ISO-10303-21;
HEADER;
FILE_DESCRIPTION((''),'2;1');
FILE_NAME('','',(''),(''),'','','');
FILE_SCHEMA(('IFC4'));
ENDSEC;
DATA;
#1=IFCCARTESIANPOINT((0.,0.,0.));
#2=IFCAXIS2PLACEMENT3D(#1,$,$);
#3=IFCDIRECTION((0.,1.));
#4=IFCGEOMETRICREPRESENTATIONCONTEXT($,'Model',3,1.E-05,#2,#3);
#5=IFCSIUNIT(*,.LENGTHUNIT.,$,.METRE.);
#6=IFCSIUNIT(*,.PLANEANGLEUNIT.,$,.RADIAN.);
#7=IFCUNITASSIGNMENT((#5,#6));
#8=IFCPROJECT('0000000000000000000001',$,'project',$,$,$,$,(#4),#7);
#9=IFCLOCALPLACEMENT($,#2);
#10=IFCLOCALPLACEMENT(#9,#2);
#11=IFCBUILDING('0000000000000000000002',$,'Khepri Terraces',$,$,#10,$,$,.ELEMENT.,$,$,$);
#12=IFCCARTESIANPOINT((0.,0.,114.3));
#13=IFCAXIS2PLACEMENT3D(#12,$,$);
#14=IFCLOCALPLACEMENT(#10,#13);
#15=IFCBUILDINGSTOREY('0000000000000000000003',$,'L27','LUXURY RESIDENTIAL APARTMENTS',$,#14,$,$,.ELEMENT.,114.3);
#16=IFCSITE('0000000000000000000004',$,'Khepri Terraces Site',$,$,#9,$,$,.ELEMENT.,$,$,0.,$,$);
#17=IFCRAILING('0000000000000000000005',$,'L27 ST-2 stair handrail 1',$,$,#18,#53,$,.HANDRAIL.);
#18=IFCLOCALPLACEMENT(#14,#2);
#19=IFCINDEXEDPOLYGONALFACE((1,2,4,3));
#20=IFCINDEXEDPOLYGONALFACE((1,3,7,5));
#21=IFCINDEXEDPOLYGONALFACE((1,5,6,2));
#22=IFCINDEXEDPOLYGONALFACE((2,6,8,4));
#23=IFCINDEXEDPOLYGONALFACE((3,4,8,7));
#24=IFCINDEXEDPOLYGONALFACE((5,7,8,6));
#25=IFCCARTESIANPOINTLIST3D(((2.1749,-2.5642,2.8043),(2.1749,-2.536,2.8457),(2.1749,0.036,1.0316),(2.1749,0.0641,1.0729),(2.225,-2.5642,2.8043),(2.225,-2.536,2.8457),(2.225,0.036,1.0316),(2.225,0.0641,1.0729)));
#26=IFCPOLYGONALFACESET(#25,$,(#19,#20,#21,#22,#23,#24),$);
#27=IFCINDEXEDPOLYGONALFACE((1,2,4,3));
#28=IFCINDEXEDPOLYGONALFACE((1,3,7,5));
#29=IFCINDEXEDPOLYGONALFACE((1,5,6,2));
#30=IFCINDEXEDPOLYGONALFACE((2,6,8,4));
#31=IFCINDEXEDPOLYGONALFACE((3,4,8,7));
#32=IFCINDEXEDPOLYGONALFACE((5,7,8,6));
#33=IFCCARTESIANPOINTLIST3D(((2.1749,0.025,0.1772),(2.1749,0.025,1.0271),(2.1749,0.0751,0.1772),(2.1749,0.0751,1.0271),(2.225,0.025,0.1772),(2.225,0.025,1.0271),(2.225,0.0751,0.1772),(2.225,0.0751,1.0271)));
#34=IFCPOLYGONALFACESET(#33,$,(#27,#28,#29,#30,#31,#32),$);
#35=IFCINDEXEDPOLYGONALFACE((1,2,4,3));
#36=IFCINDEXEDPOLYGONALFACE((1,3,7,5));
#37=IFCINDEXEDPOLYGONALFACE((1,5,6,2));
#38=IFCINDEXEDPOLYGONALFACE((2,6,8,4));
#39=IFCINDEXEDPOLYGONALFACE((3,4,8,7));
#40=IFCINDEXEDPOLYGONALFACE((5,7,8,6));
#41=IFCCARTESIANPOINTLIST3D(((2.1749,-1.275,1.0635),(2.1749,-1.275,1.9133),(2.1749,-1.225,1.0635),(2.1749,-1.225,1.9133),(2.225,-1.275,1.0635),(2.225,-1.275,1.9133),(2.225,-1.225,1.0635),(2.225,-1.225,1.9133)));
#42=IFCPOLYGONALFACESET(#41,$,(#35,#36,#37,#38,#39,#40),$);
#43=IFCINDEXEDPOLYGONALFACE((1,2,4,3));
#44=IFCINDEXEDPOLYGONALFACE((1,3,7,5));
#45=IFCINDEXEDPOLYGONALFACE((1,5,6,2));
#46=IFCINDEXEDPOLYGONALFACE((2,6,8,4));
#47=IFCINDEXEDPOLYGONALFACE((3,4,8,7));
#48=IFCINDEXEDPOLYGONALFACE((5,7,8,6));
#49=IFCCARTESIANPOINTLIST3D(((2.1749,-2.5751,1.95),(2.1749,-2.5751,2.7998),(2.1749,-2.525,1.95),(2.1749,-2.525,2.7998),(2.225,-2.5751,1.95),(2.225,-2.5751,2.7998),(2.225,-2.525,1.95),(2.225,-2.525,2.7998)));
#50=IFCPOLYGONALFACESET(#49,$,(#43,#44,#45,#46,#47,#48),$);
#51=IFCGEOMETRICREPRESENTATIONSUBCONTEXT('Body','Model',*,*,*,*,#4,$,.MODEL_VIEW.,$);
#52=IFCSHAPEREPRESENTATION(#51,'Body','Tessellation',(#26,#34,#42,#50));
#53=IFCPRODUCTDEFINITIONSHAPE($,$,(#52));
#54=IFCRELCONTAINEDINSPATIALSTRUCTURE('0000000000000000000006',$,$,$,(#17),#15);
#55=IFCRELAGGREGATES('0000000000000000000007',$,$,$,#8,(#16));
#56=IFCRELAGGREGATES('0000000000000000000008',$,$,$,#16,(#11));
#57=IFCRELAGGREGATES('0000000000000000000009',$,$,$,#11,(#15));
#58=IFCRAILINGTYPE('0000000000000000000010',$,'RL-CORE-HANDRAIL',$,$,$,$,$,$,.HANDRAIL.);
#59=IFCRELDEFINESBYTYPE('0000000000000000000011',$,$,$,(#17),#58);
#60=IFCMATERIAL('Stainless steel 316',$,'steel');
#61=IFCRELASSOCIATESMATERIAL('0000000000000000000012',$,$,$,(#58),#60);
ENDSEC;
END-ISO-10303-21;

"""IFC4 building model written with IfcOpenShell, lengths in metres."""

from ifc_helpers import new_model, si_unit, direction, frame, origin, origin_2d, place, context, subcontext, project, spatial, rectangle, extrude, material, type_object, element, save


model = new_model("IFC4")

# Units and contexts
model_context = context("Model", 3, precision=1e-05, world=origin(), true_north=direction((0.0, 1.0)))
body_context = subcontext(model_context, "Body", "Model", "MODEL_VIEW")
ifc_project = project(units=[si_unit("LENGTHUNIT", "METRE"), si_unit("PLANEANGLEUNIT", "RADIAN")], contexts=[model_context])

# Site, building, storey
site_placement = place(None, origin())
site = spatial("IfcSite", under=ifc_project, at=site_placement, Name="Khepri Terraces Site", CompositionType="ELEMENT", RefElevation=0.0)
building_placement = place(site_placement, origin())
building = spatial("IfcBuilding", under=site, at=building_placement, Name="Khepri Terraces", CompositionType="ELEMENT")
storey_placement = place(building_placement, frame((0.0, 0.0, 114.3)))
storey = spatial("IfcBuildingStorey", under=building, at=storey_placement, Name="L27", Description="LUXURY RESIDENTIAL APARTMENTS", CompositionType="ELEMENT", Elevation=114.3)

# Railing
ifc_material_1 = material(Name="Stainless steel 316", Category="steel")
railing_type_1 = type_object("IfcRailingType", Name="RL-CORE-HANDRAIL", PredefinedType="HANDRAIL", material=ifc_material_1)
railing_1_placement = place(storey_placement, frame((2.2, 0.05, 0.1772)))
element("IfcRailing", 1, at=railing_1_placement, inside=storey, type_object=railing_type_1, Name="L27 ST-2 stair handrail 1", PredefinedType="HANDRAIL", context=body_context, shape_type="SweptSolid", body=[
    extrude(rectangle(XDim=0.05, YDim=0.05, at=origin_2d()), frame((0.0, 0.0, 0.875), z_axis=(0.0, -0.82624, 0.563318), x_axis=(1.0, 0.0, 0.0)), (0.0, 0.0, 1.0), 3.147),
    extrude(rectangle(XDim=0.05, YDim=0.05, at=origin_2d()), origin(), (0.0, 0.0, 1.0), 0.8499),
    extrude(rectangle(XDim=0.05, YDim=0.05, at=origin_2d()), frame((0.0, -1.3, 0.8862)), (0.0, 0.0, 1.0), 0.8499),
    extrude(rectangle(XDim=0.05, YDim=0.05, at=origin_2d()), frame((0.0, -2.6001, 1.7727)), (0.0, 0.0, 1.0), 0.8499),
])

save(model, "model.ifc")
